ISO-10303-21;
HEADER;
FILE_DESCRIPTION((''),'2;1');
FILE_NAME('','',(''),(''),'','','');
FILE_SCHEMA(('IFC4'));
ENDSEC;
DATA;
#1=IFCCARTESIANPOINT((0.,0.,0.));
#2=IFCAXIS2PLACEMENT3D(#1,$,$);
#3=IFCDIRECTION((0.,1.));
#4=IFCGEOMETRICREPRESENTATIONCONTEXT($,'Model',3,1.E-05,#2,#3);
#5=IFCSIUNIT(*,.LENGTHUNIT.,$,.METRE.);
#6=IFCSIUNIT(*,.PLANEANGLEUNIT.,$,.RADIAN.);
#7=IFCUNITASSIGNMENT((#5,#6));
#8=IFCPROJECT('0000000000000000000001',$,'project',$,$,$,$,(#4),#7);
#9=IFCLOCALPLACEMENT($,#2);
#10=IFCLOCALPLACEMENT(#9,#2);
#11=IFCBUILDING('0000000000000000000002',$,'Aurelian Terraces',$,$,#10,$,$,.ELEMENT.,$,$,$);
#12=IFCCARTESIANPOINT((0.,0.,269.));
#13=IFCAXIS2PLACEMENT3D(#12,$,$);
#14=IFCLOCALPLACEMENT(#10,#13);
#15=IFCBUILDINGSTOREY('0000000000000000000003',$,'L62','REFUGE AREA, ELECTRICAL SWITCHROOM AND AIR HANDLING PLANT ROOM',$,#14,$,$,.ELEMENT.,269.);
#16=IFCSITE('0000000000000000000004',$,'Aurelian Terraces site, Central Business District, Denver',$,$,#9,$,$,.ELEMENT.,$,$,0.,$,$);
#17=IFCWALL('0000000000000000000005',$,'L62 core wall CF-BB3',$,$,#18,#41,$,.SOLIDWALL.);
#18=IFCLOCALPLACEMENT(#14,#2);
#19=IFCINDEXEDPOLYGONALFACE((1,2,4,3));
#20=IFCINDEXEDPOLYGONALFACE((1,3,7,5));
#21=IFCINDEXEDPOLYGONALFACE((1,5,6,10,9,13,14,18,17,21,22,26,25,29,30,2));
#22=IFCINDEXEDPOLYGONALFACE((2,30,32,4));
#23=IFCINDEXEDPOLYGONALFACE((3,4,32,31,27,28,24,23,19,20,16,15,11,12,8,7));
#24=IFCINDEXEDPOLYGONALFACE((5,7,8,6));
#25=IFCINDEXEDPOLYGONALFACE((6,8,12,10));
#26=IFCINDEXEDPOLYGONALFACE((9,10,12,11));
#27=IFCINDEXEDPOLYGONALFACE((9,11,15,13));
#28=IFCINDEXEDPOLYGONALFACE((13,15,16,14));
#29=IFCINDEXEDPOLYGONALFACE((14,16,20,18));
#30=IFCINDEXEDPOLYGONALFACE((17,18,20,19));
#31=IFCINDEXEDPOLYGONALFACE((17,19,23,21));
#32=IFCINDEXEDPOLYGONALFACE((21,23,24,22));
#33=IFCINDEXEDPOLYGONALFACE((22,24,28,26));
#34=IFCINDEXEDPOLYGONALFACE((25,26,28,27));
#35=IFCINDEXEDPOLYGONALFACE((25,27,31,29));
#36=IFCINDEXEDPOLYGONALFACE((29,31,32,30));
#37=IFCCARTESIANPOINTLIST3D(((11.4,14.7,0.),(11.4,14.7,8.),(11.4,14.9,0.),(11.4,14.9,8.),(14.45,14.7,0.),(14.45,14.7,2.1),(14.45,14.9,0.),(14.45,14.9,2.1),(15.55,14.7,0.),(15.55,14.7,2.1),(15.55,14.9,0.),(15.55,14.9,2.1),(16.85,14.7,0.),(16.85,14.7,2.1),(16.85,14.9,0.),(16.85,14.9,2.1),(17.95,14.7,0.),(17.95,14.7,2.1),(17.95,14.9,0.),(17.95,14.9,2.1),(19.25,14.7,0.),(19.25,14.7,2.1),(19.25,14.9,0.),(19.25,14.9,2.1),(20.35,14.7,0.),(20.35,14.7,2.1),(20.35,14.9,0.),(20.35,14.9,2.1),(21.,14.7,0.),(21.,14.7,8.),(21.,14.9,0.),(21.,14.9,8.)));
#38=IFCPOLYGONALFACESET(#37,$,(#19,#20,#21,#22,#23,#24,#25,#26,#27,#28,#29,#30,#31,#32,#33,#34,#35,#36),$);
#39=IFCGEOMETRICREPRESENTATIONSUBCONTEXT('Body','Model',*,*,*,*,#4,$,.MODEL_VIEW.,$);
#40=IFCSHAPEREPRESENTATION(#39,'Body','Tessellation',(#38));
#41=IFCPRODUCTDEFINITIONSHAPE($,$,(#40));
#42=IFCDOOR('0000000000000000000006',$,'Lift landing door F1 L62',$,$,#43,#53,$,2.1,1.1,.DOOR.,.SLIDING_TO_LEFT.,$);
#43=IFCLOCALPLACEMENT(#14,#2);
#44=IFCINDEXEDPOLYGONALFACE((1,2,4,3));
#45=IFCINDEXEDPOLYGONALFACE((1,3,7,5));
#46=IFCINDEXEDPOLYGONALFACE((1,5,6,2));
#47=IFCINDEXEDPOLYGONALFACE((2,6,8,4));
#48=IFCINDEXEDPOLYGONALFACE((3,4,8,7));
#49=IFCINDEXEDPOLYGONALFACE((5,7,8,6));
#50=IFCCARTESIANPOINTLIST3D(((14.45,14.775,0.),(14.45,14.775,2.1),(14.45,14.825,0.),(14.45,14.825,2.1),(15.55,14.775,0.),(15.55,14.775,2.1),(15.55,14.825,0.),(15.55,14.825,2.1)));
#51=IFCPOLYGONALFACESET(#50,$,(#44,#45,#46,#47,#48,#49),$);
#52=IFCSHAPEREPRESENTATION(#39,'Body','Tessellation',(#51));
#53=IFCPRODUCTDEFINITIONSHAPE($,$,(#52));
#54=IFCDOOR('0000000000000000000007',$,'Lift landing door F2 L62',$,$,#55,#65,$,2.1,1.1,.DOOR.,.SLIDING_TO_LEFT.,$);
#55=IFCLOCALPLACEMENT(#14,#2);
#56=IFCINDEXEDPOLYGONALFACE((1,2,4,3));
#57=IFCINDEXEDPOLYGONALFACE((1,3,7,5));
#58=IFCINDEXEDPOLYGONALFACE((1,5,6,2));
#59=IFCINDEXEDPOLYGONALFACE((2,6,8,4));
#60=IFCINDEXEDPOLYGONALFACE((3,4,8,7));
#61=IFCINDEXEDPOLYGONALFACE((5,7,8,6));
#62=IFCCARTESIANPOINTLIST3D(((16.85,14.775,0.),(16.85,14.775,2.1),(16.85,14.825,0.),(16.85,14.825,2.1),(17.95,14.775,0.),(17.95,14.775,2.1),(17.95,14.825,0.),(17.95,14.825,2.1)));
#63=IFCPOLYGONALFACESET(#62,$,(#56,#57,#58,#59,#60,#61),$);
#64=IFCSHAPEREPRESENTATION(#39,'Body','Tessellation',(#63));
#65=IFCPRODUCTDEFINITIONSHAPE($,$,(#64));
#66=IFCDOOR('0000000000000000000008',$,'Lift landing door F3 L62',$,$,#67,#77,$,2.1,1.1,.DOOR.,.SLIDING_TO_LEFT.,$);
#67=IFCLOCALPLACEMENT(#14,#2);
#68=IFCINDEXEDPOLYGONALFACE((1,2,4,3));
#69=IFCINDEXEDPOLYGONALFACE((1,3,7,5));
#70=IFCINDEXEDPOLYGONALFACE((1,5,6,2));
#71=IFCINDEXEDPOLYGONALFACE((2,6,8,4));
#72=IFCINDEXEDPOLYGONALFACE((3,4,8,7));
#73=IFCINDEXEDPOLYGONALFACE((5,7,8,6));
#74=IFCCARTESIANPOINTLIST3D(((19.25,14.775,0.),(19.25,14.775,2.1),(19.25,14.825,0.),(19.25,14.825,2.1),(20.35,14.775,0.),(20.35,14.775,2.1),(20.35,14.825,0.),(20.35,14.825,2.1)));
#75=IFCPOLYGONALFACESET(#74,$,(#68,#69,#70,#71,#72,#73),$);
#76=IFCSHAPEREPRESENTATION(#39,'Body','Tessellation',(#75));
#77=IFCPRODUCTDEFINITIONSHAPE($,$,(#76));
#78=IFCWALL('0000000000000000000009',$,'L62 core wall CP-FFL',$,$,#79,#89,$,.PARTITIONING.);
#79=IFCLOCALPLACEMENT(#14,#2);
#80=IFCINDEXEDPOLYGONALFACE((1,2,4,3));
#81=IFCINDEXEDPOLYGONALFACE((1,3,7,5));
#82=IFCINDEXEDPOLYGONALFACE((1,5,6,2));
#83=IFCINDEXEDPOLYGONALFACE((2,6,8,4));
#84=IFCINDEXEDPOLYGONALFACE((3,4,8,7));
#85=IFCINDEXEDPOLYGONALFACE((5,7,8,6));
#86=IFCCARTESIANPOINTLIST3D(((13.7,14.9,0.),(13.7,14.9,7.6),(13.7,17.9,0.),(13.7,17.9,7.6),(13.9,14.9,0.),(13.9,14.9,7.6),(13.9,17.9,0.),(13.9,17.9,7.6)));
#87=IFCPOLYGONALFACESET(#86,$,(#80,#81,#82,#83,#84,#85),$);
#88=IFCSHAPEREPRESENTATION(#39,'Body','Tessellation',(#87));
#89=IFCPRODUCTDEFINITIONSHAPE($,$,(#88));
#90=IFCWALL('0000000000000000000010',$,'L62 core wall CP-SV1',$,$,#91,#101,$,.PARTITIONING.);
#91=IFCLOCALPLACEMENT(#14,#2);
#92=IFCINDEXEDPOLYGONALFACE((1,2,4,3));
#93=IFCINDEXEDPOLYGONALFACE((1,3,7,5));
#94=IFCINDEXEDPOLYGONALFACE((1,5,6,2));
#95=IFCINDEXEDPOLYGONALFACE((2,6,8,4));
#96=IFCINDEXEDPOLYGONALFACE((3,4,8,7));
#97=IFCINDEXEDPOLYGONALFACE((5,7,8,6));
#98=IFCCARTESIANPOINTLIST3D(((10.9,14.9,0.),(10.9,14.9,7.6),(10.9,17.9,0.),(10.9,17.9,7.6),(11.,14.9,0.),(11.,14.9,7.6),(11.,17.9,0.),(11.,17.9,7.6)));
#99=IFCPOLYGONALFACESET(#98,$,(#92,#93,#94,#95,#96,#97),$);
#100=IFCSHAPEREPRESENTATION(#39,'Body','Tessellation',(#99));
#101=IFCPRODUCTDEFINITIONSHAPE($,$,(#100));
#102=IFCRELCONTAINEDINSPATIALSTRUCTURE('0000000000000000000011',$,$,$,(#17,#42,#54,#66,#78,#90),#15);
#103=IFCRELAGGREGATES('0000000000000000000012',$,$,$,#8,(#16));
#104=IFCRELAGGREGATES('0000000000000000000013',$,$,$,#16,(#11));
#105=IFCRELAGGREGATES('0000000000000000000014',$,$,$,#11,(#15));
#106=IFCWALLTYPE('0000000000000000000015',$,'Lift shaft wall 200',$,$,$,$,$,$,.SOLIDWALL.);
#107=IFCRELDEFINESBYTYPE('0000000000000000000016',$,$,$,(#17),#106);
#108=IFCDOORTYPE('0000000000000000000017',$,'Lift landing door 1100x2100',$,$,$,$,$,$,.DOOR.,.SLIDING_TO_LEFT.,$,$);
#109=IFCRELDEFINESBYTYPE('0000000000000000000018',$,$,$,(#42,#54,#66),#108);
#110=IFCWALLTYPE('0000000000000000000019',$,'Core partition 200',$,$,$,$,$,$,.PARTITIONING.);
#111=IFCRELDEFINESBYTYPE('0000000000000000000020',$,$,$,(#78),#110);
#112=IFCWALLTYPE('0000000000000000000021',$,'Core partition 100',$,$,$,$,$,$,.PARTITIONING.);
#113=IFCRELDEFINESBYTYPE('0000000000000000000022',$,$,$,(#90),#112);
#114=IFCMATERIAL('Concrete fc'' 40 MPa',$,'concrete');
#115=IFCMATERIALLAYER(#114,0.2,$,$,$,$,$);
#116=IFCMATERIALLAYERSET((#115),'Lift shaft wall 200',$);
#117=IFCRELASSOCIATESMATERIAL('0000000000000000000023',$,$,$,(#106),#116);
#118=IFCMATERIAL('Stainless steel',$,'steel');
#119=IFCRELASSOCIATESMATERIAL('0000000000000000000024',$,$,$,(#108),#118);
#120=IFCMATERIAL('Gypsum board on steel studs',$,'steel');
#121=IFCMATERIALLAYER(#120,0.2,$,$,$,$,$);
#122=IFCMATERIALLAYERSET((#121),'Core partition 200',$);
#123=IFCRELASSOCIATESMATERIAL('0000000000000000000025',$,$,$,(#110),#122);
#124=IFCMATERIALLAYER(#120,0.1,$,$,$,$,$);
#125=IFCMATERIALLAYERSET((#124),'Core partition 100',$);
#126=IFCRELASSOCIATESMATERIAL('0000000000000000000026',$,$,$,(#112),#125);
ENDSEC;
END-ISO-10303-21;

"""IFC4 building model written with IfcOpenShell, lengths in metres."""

from ifc_helpers import new_model, si_unit, direction, frame, frame_2d, origin, place, context, subcontext, project, spatial, rectangle, extrude, source, transform, mapped, material, layer, layer_set, type_object, element, fill, save


model = new_model("IFC4")

# Units and contexts
model_context = context("Model", 3, precision=1e-05, world=origin(), true_north=direction((0.0, 1.0)))
body_context = subcontext(model_context, "Body", "Model", "MODEL_VIEW")
ifc_project = project(units=[si_unit("LENGTHUNIT", "METRE"), si_unit("PLANEANGLEUNIT", "RADIAN")], contexts=[model_context])

# Site, building, storey
site_placement = place(None, origin())
site = spatial("IfcSite", under=ifc_project, at=site_placement, Name="Aurelian Terraces site, Central Business District, Denver", CompositionType="ELEMENT", RefElevation=0.0)
building_placement = place(site_placement, origin())
building = spatial("IfcBuilding", under=site, at=building_placement, Name="Aurelian Terraces", CompositionType="ELEMENT")
storey_placement = place(building_placement, frame((0.0, 0.0, 269.0)))
storey = spatial("IfcBuildingStorey", under=building, at=storey_placement, Name="L62", Description="REFUGE AREA, ELECTRICAL SWITCHROOM AND AIR HANDLING PLANT ROOM", CompositionType="ELEMENT", Elevation=269.0)

# Shared definitions
ifc_material_1 = material(Name="Concrete fc' 40 MPa", Category="concrete")

# Shared definitions
ifc_layer_1 = layer(ifc_material_1, 0.2)
ifc_layer_set_1 = layer_set([ifc_layer_1], Name="Lift shaft wall 200")
wall_type_1 = type_object("IfcWallType", Name="Lift shaft wall 200", PredefinedType="SOLIDWALL", material=ifc_layer_set_1)
shared_shape_1 = source(origin(), body_context, "Body", "SweptSolid", [
    extrude(rectangle(XDim=9.6, YDim=0.2, at=frame_2d((4.8, 0.0))), origin(), (0.0, 0.0, 1.0), 8.0),
])

# Wall, openings, doors
wall_1_placement = place(storey_placement, frame((11.4, 14.8, 0.0), z_axis=(0.0, 0.0, 1.0), x_axis=(1.0, 0.0, 0.0)))
wall_1 = element("IfcWall", 1, at=wall_1_placement, inside=storey, type_object=wall_type_1, Name="L62 core wall CF-BB3", PredefinedType="SOLIDWALL", context=body_context, shape_type="MappedRepresentation", body=[
    mapped(shared_shape_1, transform((0.0, 0.0, 0.0), scale=1.0)),
])
shared_shape_2 = source(origin(), body_context, "Body", "SweptSolid", [
    extrude(rectangle(XDim=1.1, YDim=2.1, at=frame_2d((0.55, 1.05))), frame((0.0, 0.11, 0.0), z_axis=(0.0, -1.0, 0.0), x_axis=(1.0, 0.0, 0.0)), (0.0, 0.0, 1.0), 0.22),
])
opening_1_placement = place(wall_1_placement, frame((3.05, 0.0, 0.0)))
opening_1 = element("IfcOpeningElement", 2, at=opening_1_placement, cuts=wall_1, PredefinedType="OPENING", context=body_context, shape_type="MappedRepresentation", body=[
    mapped(shared_shape_2, transform((0.0, 0.0, 0.0), scale=1.0)),
])
opening_2_placement = place(wall_1_placement, frame((5.45, 0.0, 0.0)))
opening_2 = element("IfcOpeningElement", 3, at=opening_2_placement, cuts=wall_1, PredefinedType="OPENING", context=body_context, shape_type="MappedRepresentation", body=[
    mapped(shared_shape_2, transform((0.0, 0.0, 0.0), scale=1.0)),
])
opening_3_placement = place(wall_1_placement, frame((7.85, 0.0, 0.0)))
opening_3 = element("IfcOpeningElement", 4, at=opening_3_placement, cuts=wall_1, PredefinedType="OPENING", context=body_context, shape_type="MappedRepresentation", body=[
    mapped(shared_shape_2, transform((0.0, 0.0, 0.0), scale=1.0)),
])
ifc_material_2 = material(Name="Stainless steel", Category="steel")
door_type = type_object("IfcDoorType", Name="Lift landing door 1100x2100", OperationType="SLIDING_TO_LEFT", PredefinedType="DOOR", material=ifc_material_2)
shared_shape_3 = source(origin(), body_context, "Body", "SweptSolid", [
    extrude(rectangle(XDim=1.1, YDim=2.1, at=frame_2d((0.55, 1.05))), frame((0.0, 0.025, 0.0), z_axis=(0.0, -1.0, 0.0), x_axis=(1.0, 0.0, 0.0)), (0.0, 0.0, 1.0), 0.05),
])
door_1_placement = place(opening_1_placement, origin())
door_1 = element("IfcDoor", 5, at=door_1_placement, inside=storey, type_object=door_type, Name="Lift landing door F1 L62", OperationType="SLIDING_TO_LEFT", OverallHeight=2.1, OverallWidth=1.1, PredefinedType="DOOR", context=body_context, shape_type="MappedRepresentation", body=[
    mapped(shared_shape_3, transform((0.0, 0.0, 0.0), scale=1.0)),
])
fill(opening_1, door_1)
door_2_placement = place(opening_2_placement, origin())
door_2 = element("IfcDoor", 6, at=door_2_placement, inside=storey, type_object=door_type, Name="Lift landing door F2 L62", OperationType="SLIDING_TO_LEFT", OverallHeight=2.1, OverallWidth=1.1, PredefinedType="DOOR", context=body_context, shape_type="MappedRepresentation", body=[
    mapped(shared_shape_3, transform((0.0, 0.0, 0.0), scale=1.0)),
])
fill(opening_2, door_2)
door_3_placement = place(opening_3_placement, origin())
door_3 = element("IfcDoor", 7, at=door_3_placement, inside=storey, type_object=door_type, Name="Lift landing door F3 L62", OperationType="SLIDING_TO_LEFT", OverallHeight=2.1, OverallWidth=1.1, PredefinedType="DOOR", context=body_context, shape_type="MappedRepresentation", body=[
    mapped(shared_shape_3, transform((0.0, 0.0, 0.0), scale=1.0)),
])
fill(opening_3, door_3)

# Walls
ifc_material_3 = material(Name="Gypsum board on steel studs", Category="steel")
ifc_layer_2 = layer(ifc_material_3, 0.2)
ifc_layer_set_2 = layer_set([ifc_layer_2], Name="Core partition 200")
wall_type_2 = type_object("IfcWallType", Name="Core partition 200", PredefinedType="PARTITIONING", material=ifc_layer_set_2)
shared_shape_4 = source(origin(), body_context, "Body", "SweptSolid", [
    extrude(rectangle(XDim=3.0, YDim=0.2, at=frame_2d((1.5, 0.0))), origin(), (0.0, 0.0, 1.0), 7.6),
])
wall_2_placement = place(storey_placement, frame((13.8, 14.9, 0.0), z_axis=(0.0, 0.0, 1.0), x_axis=(0.0, 1.0, 0.0)))
element("IfcWall", 8, at=wall_2_placement, inside=storey, type_object=wall_type_2, Name="L62 core wall CP-FFL", PredefinedType="PARTITIONING", context=body_context, shape_type="MappedRepresentation", body=[
    mapped(shared_shape_4, transform((0.0, 0.0, 0.0), scale=1.0)),
])
ifc_layer_3 = layer(ifc_material_3, 0.1)
ifc_layer_set_3 = layer_set([ifc_layer_3], Name="Core partition 100")
wall_type_3 = type_object("IfcWallType", Name="Core partition 100", PredefinedType="PARTITIONING", material=ifc_layer_set_3)
shared_shape_5 = source(origin(), body_context, "Body", "SweptSolid", [
    extrude(rectangle(XDim=3.0, YDim=0.1, at=frame_2d((1.5, 0.0))), origin(), (0.0, 0.0, 1.0), 7.6),
])
wall_3_placement = place(storey_placement, frame((10.95, 14.9, 0.0), z_axis=(0.0, 0.0, 1.0), x_axis=(0.0, 1.0, 0.0)))
element("IfcWall", 9, at=wall_3_placement, inside=storey, type_object=wall_type_3, Name="L62 core wall CP-SV1", PredefinedType="PARTITIONING", context=body_context, shape_type="MappedRepresentation", body=[
    mapped(shared_shape_5, transform((0.0, 0.0, 0.0), scale=1.0)),
])

save(model, "model.ifc")
